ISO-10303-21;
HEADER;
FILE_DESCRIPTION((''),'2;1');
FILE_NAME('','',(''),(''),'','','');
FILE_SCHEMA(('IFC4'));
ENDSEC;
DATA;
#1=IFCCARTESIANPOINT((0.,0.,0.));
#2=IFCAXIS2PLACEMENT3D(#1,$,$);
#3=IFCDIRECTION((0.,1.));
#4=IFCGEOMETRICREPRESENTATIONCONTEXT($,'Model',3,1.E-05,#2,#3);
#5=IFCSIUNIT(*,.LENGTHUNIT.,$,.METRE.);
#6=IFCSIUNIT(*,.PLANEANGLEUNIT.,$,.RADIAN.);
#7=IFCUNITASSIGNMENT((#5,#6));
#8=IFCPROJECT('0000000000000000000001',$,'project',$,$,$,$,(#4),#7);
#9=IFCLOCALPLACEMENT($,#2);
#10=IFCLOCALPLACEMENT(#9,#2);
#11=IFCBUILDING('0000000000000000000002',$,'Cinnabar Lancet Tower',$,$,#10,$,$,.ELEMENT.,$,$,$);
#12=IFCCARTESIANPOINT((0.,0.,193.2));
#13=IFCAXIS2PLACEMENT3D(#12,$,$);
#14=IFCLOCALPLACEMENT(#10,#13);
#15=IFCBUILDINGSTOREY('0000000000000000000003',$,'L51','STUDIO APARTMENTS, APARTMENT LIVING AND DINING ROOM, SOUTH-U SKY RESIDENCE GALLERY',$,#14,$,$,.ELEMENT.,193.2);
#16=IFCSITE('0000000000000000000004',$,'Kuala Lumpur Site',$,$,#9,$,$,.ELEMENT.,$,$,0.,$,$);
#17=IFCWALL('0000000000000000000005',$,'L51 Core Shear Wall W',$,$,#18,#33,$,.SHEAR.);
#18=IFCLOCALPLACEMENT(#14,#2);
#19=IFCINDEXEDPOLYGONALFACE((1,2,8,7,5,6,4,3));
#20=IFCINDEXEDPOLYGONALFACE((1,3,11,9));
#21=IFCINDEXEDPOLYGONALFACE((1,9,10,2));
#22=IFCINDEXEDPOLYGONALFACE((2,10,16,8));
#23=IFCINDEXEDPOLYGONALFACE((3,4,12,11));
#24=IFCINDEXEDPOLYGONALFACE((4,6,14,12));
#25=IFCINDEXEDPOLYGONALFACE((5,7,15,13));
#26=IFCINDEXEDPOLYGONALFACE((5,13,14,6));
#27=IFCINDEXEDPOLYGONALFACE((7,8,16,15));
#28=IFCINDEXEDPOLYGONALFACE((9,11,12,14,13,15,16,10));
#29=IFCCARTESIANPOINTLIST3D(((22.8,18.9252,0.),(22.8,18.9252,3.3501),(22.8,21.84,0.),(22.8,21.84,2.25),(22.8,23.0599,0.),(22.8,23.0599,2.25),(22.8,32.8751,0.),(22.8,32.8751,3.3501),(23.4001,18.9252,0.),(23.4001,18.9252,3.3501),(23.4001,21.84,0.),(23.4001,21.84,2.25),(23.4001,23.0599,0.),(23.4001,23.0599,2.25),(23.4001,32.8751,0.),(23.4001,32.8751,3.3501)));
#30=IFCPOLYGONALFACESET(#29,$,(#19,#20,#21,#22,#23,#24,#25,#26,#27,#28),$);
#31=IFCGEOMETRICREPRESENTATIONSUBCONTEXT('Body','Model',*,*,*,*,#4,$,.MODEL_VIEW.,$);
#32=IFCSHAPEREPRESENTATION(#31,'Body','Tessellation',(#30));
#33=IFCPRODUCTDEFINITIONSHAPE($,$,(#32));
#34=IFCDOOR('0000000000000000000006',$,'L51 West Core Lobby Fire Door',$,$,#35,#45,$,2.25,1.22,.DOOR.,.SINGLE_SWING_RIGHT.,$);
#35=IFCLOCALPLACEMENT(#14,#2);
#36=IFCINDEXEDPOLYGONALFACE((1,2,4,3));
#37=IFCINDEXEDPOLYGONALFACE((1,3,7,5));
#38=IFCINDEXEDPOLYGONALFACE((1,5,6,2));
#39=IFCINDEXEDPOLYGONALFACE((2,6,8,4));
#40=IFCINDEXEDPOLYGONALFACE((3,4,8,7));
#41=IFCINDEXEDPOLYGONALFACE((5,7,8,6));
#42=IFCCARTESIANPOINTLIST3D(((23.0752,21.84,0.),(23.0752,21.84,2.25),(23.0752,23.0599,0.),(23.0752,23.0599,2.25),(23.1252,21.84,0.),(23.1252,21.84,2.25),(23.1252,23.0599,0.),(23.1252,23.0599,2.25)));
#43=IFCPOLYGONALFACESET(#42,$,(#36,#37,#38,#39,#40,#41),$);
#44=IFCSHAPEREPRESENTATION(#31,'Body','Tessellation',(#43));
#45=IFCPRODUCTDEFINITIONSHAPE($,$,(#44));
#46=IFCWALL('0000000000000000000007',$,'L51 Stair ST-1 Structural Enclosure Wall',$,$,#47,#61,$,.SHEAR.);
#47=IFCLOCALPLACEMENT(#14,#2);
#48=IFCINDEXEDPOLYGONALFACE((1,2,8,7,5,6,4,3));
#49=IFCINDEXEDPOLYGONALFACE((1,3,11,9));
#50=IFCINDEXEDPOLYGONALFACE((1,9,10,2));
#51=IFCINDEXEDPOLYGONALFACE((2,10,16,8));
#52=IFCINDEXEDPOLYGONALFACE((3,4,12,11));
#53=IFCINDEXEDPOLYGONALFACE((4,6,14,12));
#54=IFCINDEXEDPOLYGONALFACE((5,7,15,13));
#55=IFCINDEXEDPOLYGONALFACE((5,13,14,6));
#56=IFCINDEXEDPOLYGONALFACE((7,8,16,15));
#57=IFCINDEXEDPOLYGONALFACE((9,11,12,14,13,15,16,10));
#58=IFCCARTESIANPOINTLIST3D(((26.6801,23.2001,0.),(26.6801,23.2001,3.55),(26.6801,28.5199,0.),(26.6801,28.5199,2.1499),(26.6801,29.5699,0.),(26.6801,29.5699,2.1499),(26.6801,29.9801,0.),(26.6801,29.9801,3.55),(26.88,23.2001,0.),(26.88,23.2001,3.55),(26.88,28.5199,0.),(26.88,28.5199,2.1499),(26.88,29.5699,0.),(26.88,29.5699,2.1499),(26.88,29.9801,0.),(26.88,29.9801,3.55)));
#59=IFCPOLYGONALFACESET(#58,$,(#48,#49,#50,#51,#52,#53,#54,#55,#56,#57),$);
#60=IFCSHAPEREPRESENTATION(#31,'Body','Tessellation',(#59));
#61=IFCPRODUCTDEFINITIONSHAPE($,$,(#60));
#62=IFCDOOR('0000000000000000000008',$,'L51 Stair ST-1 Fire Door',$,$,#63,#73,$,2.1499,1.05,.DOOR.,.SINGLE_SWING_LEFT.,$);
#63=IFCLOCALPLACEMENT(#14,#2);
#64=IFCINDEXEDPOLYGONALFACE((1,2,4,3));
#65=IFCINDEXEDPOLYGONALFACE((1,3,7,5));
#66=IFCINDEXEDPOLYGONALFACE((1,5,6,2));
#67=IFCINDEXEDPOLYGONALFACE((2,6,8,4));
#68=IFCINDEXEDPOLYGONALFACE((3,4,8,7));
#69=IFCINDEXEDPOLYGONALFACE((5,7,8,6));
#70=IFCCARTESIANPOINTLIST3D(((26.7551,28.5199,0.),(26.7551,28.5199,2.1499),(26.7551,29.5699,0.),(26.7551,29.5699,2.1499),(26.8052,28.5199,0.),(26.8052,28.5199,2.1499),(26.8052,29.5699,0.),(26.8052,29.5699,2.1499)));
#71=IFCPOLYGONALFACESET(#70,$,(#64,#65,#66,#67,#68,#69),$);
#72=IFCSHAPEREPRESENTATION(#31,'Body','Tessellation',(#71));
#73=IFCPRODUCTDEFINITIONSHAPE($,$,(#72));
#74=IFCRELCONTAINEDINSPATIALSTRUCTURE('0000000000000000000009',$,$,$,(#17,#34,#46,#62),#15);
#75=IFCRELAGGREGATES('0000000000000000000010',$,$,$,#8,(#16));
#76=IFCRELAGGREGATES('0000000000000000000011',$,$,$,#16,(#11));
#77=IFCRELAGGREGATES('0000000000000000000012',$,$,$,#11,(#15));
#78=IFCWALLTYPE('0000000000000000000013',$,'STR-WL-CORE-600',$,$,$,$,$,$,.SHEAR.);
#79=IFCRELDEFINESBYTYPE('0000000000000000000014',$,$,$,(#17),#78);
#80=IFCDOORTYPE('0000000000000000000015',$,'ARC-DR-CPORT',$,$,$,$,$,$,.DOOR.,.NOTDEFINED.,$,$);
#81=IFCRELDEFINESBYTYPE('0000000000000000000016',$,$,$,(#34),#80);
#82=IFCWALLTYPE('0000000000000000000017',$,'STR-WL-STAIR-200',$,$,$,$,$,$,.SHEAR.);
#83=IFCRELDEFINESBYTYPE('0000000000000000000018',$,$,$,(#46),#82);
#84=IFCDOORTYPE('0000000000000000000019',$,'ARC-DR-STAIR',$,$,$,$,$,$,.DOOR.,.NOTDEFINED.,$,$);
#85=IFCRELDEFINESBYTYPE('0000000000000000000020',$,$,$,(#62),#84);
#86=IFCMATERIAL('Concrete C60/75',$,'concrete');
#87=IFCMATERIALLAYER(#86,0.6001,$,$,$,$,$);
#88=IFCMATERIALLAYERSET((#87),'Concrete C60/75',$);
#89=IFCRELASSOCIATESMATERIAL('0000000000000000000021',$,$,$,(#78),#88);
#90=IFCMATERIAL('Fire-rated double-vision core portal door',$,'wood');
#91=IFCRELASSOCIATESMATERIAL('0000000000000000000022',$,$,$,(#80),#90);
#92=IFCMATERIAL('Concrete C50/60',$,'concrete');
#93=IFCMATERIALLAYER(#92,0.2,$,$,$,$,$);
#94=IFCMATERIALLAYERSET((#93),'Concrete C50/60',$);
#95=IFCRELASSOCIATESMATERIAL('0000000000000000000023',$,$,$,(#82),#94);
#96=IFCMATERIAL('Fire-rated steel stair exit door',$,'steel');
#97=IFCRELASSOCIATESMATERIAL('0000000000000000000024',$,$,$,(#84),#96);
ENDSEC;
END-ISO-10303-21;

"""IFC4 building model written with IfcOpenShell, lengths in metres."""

from ifc_helpers import new_model, si_unit, direction, frame, frame_2d, origin, place, context, subcontext, project, spatial, rectangle, extrude, material, layer, layer_set, type_object, element, fill, save


model = new_model("IFC4")

# Units and contexts
model_context = context("Model", 3, precision=1e-05, world=origin(), true_north=direction((0.0, 1.0)))
body_context = subcontext(model_context, "Body", "Model", "MODEL_VIEW")
ifc_project = project(units=[si_unit("LENGTHUNIT", "METRE"), si_unit("PLANEANGLEUNIT", "RADIAN")], contexts=[model_context])

# Site, building, storey
site_placement = place(None, origin())
site = spatial("IfcSite", under=ifc_project, at=site_placement, Name="Kuala Lumpur Site", CompositionType="ELEMENT", RefElevation=0.0)
building_placement = place(site_placement, origin())
building = spatial("IfcBuilding", under=site, at=building_placement, Name="Cinnabar Lancet Tower", CompositionType="ELEMENT")
storey_placement = place(building_placement, frame((0.0, 0.0, 193.2)))
storey = spatial("IfcBuildingStorey", under=building, at=storey_placement, Name="L51", Description="STUDIO APARTMENTS, APARTMENT LIVING AND DINING ROOM, SOUTH-U SKY RESIDENCE GALLERY", CompositionType="ELEMENT", Elevation=193.2)

# Shared definitions
ifc_material_1 = material(Name="Concrete C60/75", Category="concrete")
ifc_layer_1 = layer(ifc_material_1, 0.6001)
ifc_layer_set_1 = layer_set([ifc_layer_1], Name="Concrete C60/75")
wall_type_1 = type_object("IfcWallType", Name="STR-WL-CORE-600", PredefinedType="SHEAR", material=ifc_layer_set_1)

# Walls, openings, doors
wall_1_placement = place(storey_placement, frame((23.1001, 18.925, 0.0), z_axis=(0.0, 0.0, 1.0), x_axis=(0.0, 1.0, 0.0)))
wall_1 = element("IfcWall", 1, at=wall_1_placement, inside=storey, type_object=wall_type_1, Name="L51 Core Shear Wall W", PredefinedType="SHEAR", context=body_context, shape_type="SweptSolid", body=[
    extrude(rectangle(XDim=13.95, YDim=0.6001, at=frame_2d((6.9751, 0.0))), origin(), (0.0, 0.0, 1.0), 3.3501),
])
opening_1_placement = place(wall_1_placement, frame((2.915, 0.0, 0.0)))
opening_1 = element("IfcOpeningElement", 2, at=opening_1_placement, cuts=wall_1, PredefinedType="OPENING", context=body_context, shape_type="SweptSolid", body=[
    extrude(rectangle(XDim=1.22, YDim=2.25, at=frame_2d((0.6099, 1.125))), frame((0.0, 0.3101, 0.0), z_axis=(0.0, -1.0, 0.0), x_axis=(1.0, 0.0, 0.0)), (0.0, 0.0, 1.0), 0.6201),
])
ifc_material_2 = material(Name="Fire-rated double-vision core portal door", Category="wood")
door_type_1 = type_object("IfcDoorType", Name="ARC-DR-CPORT", OperationType="NOTDEFINED", PredefinedType="DOOR", material=ifc_material_2)
door_1_placement = place(opening_1_placement, origin())
door_1 = element("IfcDoor", 3, at=door_1_placement, inside=storey, type_object=door_type_1, Name="L51 West Core Lobby Fire Door", OperationType="SINGLE_SWING_RIGHT", OverallHeight=2.25, OverallWidth=1.22, PredefinedType="DOOR", context=body_context, shape_type="SweptSolid", body=[
    extrude(rectangle(XDim=1.22, YDim=2.25, at=frame_2d((0.6099, 1.125))), frame((0.0, 0.0249, 0.0), z_axis=(0.0, -1.0, 0.0), x_axis=(1.0, 0.0, 0.0)), (0.0, 0.0, 1.0), 0.05),
])
fill(opening_1, door_1)
ifc_material_3 = material(Name="Concrete C50/60", Category="concrete")
ifc_layer_2 = layer(ifc_material_3, 0.2)
ifc_layer_set_2 = layer_set([ifc_layer_2], Name="Concrete C50/60")
wall_type_2 = type_object("IfcWallType", Name="STR-WL-STAIR-200", PredefinedType="SHEAR", material=ifc_layer_set_2)
wall_2_placement = place(storey_placement, frame((26.78, 23.2, 0.0), z_axis=(0.0, 0.0, 1.0), x_axis=(0.0, 1.0, 0.0)))
wall_2 = element("IfcWall", 4, at=wall_2_placement, inside=storey, type_object=wall_type_2, Name="L51 Stair ST-1 Structural Enclosure Wall", PredefinedType="SHEAR", context=body_context, shape_type="SweptSolid", body=[
    extrude(rectangle(XDim=6.78, YDim=0.2, at=frame_2d((3.3901, 0.0))), origin(), (0.0, 0.0, 1.0), 3.55),
])
opening_2_placement = place(wall_2_placement, frame((5.3201, 0.0, 0.0)))
opening_2 = element("IfcOpeningElement", 5, at=opening_2_placement, cuts=wall_2, PredefinedType="OPENING", context=body_context, shape_type="SweptSolid", body=[
    extrude(rectangle(XDim=1.05, YDim=2.1499, at=frame_2d((0.5249, 1.075))), frame((0.0, 0.1099, 0.0), z_axis=(0.0, -1.0, 0.0), x_axis=(1.0, 0.0, 0.0)), (0.0, 0.0, 1.0), 0.22),
])
ifc_material_4 = material(Name="Fire-rated steel stair exit door", Category="steel")
door_type_2 = type_object("IfcDoorType", Name="ARC-DR-STAIR", OperationType="NOTDEFINED", PredefinedType="DOOR", material=ifc_material_4)
door_2_placement = place(opening_2_placement, origin())
door_2 = element("IfcDoor", 6, at=door_2_placement, inside=storey, type_object=door_type_2, Name="L51 Stair ST-1 Fire Door", OperationType="SINGLE_SWING_LEFT", OverallHeight=2.1499, OverallWidth=1.05, PredefinedType="DOOR", context=body_context, shape_type="SweptSolid", body=[
    extrude(rectangle(XDim=1.05, YDim=2.1499, at=frame_2d((0.5249, 1.075))), frame((0.0, 0.0249, 0.0), z_axis=(0.0, -1.0, 0.0), x_axis=(1.0, 0.0, 0.0)), (0.0, 0.0, 1.0), 0.05),
])
fill(opening_2, door_2)

save(model, "model.ifc")
